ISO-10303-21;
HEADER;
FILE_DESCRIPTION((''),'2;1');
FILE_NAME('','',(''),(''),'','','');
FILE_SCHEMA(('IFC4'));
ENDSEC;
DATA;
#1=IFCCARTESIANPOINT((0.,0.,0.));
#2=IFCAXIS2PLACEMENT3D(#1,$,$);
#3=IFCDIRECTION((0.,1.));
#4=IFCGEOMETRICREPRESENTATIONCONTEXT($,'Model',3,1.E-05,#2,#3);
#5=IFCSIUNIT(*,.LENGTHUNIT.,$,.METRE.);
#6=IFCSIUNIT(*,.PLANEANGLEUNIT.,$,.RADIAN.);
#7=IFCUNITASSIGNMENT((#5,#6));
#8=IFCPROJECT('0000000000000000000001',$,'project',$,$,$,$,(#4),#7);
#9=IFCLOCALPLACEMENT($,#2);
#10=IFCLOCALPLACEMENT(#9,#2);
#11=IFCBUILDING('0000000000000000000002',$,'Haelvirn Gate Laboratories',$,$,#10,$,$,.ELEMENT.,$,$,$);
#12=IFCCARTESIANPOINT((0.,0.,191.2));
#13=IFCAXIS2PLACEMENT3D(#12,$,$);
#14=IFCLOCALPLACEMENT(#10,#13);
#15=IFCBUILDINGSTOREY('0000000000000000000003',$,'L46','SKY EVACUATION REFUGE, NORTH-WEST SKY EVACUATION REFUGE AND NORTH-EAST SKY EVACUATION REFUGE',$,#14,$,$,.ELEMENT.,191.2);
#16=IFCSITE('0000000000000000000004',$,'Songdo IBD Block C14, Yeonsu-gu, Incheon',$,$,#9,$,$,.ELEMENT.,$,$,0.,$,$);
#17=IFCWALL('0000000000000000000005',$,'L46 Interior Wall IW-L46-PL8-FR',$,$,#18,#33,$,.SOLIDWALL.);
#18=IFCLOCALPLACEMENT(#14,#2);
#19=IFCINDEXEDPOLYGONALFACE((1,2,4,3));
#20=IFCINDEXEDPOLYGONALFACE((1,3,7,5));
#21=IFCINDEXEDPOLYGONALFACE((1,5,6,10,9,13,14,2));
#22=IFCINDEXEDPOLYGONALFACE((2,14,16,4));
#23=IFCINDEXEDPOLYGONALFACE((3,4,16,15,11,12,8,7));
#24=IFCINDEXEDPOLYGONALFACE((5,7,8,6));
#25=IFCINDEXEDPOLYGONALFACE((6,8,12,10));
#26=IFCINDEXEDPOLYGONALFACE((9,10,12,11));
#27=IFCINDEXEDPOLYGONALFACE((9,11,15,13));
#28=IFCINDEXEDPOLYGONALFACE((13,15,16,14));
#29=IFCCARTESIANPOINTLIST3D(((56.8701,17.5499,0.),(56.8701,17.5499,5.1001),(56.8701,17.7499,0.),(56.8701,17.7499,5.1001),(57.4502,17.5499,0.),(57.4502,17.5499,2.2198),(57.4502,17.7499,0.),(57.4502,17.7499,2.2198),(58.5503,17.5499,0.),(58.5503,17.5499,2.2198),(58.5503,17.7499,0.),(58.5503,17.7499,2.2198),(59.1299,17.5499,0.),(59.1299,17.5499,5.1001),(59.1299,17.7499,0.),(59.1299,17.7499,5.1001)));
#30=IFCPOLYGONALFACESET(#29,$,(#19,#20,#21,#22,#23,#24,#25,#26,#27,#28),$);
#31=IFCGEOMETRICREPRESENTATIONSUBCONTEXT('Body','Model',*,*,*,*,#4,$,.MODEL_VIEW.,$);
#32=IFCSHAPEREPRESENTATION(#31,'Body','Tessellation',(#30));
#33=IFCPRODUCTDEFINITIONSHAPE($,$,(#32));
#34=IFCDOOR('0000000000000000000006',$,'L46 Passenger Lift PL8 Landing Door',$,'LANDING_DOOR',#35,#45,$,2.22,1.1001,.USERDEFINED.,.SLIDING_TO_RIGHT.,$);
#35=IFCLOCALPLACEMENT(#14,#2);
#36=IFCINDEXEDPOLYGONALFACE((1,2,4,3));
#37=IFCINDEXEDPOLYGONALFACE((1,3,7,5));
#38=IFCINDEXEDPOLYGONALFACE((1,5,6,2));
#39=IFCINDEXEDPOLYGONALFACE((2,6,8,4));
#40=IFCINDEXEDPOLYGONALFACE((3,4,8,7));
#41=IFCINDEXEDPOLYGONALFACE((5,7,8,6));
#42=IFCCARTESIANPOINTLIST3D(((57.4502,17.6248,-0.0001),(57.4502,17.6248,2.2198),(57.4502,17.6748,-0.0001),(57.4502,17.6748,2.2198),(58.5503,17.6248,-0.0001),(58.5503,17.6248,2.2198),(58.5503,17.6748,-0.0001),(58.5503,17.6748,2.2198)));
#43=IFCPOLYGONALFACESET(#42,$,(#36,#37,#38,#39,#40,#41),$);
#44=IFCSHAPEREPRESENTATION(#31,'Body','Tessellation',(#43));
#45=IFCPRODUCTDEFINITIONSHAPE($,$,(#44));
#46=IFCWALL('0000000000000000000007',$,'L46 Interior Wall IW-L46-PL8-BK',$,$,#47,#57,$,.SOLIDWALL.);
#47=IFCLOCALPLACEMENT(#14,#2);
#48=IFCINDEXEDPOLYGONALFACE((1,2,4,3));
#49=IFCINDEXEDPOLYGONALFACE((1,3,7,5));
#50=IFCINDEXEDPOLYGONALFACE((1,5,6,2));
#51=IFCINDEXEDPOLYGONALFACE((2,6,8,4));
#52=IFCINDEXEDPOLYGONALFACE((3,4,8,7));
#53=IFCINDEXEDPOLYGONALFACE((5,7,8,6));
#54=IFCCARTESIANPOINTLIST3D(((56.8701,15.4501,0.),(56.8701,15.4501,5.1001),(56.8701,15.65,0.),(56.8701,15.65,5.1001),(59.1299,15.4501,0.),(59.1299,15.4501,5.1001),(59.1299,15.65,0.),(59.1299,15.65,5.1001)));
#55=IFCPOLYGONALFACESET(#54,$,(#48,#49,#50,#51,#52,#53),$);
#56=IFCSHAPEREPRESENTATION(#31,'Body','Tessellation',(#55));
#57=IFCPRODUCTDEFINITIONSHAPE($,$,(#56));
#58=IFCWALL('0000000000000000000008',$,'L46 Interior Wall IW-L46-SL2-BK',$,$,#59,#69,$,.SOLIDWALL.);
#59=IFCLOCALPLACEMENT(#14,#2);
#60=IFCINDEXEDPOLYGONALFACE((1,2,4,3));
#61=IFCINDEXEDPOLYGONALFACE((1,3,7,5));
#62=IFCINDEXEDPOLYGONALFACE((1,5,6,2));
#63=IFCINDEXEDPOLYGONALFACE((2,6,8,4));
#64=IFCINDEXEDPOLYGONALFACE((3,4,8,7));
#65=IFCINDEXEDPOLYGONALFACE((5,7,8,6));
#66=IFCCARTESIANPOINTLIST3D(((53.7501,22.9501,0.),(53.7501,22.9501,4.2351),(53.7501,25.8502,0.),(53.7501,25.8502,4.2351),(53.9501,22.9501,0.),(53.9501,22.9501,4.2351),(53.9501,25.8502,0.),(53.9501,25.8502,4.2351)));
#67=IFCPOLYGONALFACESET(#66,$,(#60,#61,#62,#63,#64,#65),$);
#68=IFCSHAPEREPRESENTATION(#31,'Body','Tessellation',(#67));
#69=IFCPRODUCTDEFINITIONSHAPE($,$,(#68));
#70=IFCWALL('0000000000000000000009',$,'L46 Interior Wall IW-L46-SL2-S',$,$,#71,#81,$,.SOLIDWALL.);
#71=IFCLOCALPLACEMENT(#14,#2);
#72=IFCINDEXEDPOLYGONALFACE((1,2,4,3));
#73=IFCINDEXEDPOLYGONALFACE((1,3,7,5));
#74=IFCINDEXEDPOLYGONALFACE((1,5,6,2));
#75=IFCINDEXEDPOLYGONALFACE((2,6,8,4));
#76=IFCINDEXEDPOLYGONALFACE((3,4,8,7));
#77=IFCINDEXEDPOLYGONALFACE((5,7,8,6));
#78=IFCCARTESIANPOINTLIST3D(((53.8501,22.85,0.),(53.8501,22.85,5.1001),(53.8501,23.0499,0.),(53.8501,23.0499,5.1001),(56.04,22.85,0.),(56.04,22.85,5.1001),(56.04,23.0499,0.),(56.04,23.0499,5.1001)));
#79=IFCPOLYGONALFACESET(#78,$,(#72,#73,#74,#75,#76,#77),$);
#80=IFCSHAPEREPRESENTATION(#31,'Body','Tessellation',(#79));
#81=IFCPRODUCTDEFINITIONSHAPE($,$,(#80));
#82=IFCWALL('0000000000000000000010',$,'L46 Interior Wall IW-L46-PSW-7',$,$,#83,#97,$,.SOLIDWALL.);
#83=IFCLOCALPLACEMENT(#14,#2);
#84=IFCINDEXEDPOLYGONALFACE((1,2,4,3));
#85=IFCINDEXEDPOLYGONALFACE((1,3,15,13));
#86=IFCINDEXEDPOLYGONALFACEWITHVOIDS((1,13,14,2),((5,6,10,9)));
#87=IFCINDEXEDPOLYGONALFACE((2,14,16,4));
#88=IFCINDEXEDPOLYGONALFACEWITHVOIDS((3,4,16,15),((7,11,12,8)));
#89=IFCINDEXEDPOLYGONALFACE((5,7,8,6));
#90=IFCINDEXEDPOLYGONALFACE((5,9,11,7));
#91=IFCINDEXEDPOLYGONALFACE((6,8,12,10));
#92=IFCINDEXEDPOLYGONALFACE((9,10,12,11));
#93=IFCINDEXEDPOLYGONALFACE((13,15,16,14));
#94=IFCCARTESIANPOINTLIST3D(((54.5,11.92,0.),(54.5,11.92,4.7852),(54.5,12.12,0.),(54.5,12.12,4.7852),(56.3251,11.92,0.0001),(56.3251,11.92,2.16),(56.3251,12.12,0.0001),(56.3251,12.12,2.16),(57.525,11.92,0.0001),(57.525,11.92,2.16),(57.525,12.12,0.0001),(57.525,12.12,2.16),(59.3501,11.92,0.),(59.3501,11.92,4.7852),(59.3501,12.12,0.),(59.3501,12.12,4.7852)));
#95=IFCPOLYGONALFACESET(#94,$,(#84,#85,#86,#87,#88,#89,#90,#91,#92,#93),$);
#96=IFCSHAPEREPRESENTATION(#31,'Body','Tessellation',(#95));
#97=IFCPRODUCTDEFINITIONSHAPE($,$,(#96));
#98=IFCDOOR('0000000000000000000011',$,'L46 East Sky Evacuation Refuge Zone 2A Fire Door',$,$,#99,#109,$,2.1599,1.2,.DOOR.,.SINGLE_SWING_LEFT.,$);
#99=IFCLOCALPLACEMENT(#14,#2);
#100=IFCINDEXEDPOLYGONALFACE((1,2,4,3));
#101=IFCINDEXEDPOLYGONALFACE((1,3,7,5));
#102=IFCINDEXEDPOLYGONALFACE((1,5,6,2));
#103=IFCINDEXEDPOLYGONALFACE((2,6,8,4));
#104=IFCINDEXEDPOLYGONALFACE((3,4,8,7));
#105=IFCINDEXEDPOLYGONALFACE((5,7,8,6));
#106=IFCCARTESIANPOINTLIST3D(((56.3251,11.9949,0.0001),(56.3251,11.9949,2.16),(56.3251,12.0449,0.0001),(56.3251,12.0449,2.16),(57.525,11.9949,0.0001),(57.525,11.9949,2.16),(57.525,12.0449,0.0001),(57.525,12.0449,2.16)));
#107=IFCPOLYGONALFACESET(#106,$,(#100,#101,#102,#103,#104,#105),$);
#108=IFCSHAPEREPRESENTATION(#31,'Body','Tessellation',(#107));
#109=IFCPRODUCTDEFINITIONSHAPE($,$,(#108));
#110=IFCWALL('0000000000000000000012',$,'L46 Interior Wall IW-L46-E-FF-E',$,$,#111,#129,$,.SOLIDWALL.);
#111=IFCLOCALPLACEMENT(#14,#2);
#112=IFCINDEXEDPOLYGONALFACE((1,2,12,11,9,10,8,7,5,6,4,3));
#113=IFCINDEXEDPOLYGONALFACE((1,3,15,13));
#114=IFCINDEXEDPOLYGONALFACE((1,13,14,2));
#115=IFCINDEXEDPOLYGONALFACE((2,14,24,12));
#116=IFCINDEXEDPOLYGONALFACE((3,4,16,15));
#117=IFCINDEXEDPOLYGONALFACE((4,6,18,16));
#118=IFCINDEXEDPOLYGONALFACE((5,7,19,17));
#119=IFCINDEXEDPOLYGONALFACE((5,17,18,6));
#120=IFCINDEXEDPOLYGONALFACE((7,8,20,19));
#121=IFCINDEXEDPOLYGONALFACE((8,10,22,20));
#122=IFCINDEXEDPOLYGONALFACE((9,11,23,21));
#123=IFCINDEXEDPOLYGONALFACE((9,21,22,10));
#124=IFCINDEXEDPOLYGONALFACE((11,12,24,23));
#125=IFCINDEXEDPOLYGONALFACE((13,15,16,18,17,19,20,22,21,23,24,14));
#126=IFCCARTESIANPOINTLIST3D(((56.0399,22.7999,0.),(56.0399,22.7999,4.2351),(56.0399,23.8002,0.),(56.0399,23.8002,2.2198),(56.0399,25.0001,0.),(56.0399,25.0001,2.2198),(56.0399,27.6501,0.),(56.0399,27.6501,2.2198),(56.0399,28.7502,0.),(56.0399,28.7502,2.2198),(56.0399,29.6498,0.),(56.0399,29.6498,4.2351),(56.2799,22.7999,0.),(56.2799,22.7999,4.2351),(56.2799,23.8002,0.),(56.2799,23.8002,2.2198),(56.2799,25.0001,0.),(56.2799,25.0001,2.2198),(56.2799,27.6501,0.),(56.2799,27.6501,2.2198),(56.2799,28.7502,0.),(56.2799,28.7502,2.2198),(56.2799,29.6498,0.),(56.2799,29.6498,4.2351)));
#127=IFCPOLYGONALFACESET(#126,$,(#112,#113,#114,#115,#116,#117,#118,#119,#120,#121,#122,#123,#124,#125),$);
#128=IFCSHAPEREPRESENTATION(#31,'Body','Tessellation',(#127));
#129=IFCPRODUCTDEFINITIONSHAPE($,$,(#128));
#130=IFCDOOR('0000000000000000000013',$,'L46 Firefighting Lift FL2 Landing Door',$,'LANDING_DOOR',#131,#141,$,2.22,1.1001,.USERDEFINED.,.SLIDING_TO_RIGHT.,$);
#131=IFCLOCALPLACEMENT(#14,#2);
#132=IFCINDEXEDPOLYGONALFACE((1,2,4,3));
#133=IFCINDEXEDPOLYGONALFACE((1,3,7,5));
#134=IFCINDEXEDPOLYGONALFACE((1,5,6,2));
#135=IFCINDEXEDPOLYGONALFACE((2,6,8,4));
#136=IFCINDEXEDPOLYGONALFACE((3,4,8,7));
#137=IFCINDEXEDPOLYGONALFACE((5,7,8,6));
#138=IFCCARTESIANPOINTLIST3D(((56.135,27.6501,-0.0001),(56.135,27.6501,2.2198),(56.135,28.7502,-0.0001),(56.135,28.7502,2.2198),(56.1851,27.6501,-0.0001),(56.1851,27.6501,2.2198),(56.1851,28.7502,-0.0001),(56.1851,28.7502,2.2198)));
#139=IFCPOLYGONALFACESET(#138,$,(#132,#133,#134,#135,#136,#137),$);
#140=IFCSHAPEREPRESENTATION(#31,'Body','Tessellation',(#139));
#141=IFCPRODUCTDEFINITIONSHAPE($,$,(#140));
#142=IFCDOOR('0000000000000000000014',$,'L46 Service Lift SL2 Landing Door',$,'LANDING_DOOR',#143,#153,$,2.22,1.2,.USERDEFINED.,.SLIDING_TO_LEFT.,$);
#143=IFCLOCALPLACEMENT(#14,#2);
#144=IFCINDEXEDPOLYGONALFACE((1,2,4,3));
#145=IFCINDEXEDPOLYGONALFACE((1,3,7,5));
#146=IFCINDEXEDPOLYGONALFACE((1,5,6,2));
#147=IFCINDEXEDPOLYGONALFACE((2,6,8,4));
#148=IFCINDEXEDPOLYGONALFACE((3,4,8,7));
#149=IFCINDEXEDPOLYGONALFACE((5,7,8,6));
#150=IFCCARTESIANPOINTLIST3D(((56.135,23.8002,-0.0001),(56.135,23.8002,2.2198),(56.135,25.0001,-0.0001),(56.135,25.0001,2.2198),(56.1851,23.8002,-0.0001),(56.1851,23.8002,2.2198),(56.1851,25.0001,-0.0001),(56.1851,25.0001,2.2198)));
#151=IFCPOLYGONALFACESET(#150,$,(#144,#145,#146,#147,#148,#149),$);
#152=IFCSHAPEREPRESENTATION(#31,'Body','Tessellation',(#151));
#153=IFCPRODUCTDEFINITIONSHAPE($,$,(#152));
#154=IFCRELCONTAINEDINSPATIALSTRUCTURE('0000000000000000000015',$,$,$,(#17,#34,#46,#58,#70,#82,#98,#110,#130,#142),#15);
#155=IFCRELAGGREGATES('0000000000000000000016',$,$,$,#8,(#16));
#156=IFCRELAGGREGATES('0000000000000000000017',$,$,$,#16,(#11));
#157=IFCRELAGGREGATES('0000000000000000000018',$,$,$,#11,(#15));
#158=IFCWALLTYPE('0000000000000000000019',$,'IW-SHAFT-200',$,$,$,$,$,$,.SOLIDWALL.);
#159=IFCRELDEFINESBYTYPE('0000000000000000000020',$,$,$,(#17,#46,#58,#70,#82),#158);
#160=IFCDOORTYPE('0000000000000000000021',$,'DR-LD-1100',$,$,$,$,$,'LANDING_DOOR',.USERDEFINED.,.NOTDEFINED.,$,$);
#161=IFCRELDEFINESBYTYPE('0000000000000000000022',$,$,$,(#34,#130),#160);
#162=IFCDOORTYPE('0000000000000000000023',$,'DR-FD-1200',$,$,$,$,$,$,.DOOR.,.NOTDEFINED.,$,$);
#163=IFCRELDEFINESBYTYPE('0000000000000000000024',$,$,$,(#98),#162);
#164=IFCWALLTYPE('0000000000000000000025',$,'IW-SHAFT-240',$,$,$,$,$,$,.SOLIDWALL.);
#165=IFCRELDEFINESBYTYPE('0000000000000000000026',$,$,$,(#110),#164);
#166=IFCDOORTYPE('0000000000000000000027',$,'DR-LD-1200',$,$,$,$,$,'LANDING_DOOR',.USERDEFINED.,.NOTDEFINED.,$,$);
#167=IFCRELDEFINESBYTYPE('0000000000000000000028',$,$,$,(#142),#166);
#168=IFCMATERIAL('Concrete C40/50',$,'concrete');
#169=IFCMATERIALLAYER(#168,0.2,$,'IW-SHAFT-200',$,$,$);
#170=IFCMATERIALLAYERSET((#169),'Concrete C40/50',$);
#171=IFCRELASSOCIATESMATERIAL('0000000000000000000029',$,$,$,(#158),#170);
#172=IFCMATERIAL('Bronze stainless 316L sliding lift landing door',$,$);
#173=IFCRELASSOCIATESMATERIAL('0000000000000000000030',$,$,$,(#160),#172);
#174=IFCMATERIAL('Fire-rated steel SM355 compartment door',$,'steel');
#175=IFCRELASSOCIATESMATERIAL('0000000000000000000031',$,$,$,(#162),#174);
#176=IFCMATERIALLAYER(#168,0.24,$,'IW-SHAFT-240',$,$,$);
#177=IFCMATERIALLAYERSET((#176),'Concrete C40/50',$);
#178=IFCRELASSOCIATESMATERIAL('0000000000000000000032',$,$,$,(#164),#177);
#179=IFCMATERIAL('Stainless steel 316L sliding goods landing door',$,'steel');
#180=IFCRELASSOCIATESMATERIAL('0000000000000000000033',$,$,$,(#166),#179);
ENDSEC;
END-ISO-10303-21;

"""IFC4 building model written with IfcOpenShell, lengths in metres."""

from ifc_helpers import new_model, si_unit, direction, frame, frame_2d, origin, place, context, subcontext, project, spatial, rectangle, extrude, source, transform, mapped, material, layer, layer_set, type_object, type_shapes, element, fill, save


model = new_model("IFC4")

# Units and contexts
model_context = context("Model", 3, precision=1e-05, world=origin(), true_north=direction((0.0, 1.0)))
body_context = subcontext(model_context, "Body", "Model", "MODEL_VIEW")
ifc_project = project(units=[si_unit("LENGTHUNIT", "METRE"), si_unit("PLANEANGLEUNIT", "RADIAN")], contexts=[model_context])

# Site, building, storey
site_placement = place(None, origin())
site = spatial("IfcSite", under=ifc_project, at=site_placement, Name="Songdo IBD Block C14, Yeonsu-gu, Incheon", CompositionType="ELEMENT", RefElevation=0.0)
building_placement = place(site_placement, origin())
building = spatial("IfcBuilding", under=site, at=building_placement, Name="Haelvirn Gate Laboratories", CompositionType="ELEMENT")
storey_placement = place(building_placement, frame((0.0, 0.0, 191.2)))
storey = spatial("IfcBuildingStorey", under=building, at=storey_placement, Name="L46", Description="SKY EVACUATION REFUGE, NORTH-WEST SKY EVACUATION REFUGE AND NORTH-EAST SKY EVACUATION REFUGE", CompositionType="ELEMENT", Elevation=191.2)

# Shared definitions
ifc_material_1 = material(Name="Concrete C40/50", Category="concrete")

# Wall, opening, door
ifc_layer_1 = layer(ifc_material_1, 0.2, Name="IW-SHAFT-200")
ifc_layer_set_1 = layer_set([ifc_layer_1], Name="Concrete C40/50")
wall_type_1 = type_object("IfcWallType", Name="IW-SHAFT-200", PredefinedType="SOLIDWALL", material=ifc_layer_set_1)
wall_1_placement = place(storey_placement, frame((56.8701, 17.6499, 0.0), z_axis=(0.0, 0.0, 1.0), x_axis=(1.0, 0.0, 0.0)))
wall_1 = element("IfcWall", 1, at=wall_1_placement, inside=storey, type_object=wall_type_1, Name="L46 Interior Wall IW-L46-PL8-FR", PredefinedType="SOLIDWALL", context=body_context, shape_type="SweptSolid", body=[
    extrude(rectangle(XDim=2.2598, YDim=0.2, at=frame_2d((1.1299, 0.0))), origin(), (0.0, 0.0, 1.0), 5.1001),
])
opening_1_placement = place(wall_1_placement, frame((0.5801, 0.0, 0.0)))
opening_1 = element("IfcOpeningElement", 2, at=opening_1_placement, cuts=wall_1, PredefinedType="OPENING", context=body_context, shape_type="SweptSolid", body=[
    extrude(rectangle(XDim=1.1001, YDim=2.22, at=frame_2d((0.55, 1.1099))), frame((0.0, 0.1099, 0.0), z_axis=(0.0, -1.0, 0.0), x_axis=(1.0, 0.0, 0.0)), (0.0, 0.0, 1.0), 0.22),
])
ifc_material_2 = material(Name="Bronze stainless 316L sliding lift landing door")
door_type_1 = type_object("IfcDoorType", Name="DR-LD-1100", ElementType="LANDING_DOOR", OperationType="NOTDEFINED", PredefinedType="USERDEFINED", material=ifc_material_2)
shared_shape_1 = source(origin(), body_context, "Body", "SweptSolid", [
    extrude(rectangle(XDim=1.1001, YDim=2.22, at=frame_2d((0.55, 1.1099))), frame((0.0, 0.0249, 0.0), z_axis=(0.0, -1.0, 0.0), x_axis=(1.0, 0.0, 0.0)), (0.0, 0.0, 1.0), 0.05),
])
type_shapes(door_type_1, [shared_shape_1])
door_1_placement = place(opening_1_placement, origin())
door_1 = element("IfcDoor", 3, at=door_1_placement, inside=storey, type_object=door_type_1, Name="L46 Passenger Lift PL8 Landing Door", ObjectType="LANDING_DOOR", OperationType="SLIDING_TO_RIGHT", OverallHeight=2.22, OverallWidth=1.1001, PredefinedType="USERDEFINED", context=body_context, shape_type="MappedRepresentation", body=[
    mapped(shared_shape_1, transform((0.0, 0.0, 0.0), scale=1.0)),
])
fill(opening_1, door_1)

# Walls
wall_2_placement = place(storey_placement, frame((56.8701, 15.55, 0.0), z_axis=(0.0, 0.0, 1.0), x_axis=(1.0, 0.0, 0.0)))
element("IfcWall", 4, at=wall_2_placement, inside=storey, type_object=wall_type_1, Name="L46 Interior Wall IW-L46-PL8-BK", PredefinedType="SOLIDWALL", context=body_context, shape_type="SweptSolid", body=[
    extrude(rectangle(XDim=2.2598, YDim=0.2, at=frame_2d((1.1299, 0.0))), origin(), (0.0, 0.0, 1.0), 5.1001),
])
wall_3_placement = place(storey_placement, frame((53.8501, 22.95, 0.0), z_axis=(0.0, 0.0, 1.0), x_axis=(0.0, 1.0, 0.0)))
element("IfcWall", 5, at=wall_3_placement, inside=storey, type_object=wall_type_1, Name="L46 Interior Wall IW-L46-SL2-BK", PredefinedType="SOLIDWALL", context=body_context, shape_type="SweptSolid", body=[
    extrude(rectangle(XDim=2.9001, YDim=0.2, at=frame_2d((1.4502, 0.0))), origin(), (0.0, 0.0, 1.0), 4.2351),
])
wall_4_placement = place(storey_placement, frame((53.8501, 22.95, 0.0), z_axis=(0.0, 0.0, 1.0), x_axis=(1.0, 0.0, 0.0)))
element("IfcWall", 6, at=wall_4_placement, inside=storey, type_object=wall_type_1, Name="L46 Interior Wall IW-L46-SL2-S", PredefinedType="SOLIDWALL", context=body_context, shape_type="SweptSolid", body=[
    extrude(rectangle(XDim=2.1899, YDim=0.2, at=frame_2d((1.095, 0.0))), origin(), (0.0, 0.0, 1.0), 5.1001),
])

# Wall, opening, door
wall_5_placement = place(storey_placement, frame((54.5, 12.02, 0.0), z_axis=(0.0, 0.0, 1.0), x_axis=(1.0, 0.0, 0.0)))
wall_5 = element("IfcWall", 7, at=wall_5_placement, inside=storey, type_object=wall_type_1, Name="L46 Interior Wall IW-L46-PSW-7", PredefinedType="SOLIDWALL", context=body_context, shape_type="SweptSolid", body=[
    extrude(rectangle(XDim=4.8501, YDim=0.2, at=frame_2d((2.425, 0.0))), origin(), (0.0, 0.0, 1.0), 4.7852),
])
opening_2_placement = place(wall_5_placement, frame((1.825, 0.0, 0.0)))
opening_2 = element("IfcOpeningElement", 8, at=opening_2_placement, cuts=wall_5, PredefinedType="OPENING", context=body_context, shape_type="SweptSolid", body=[
    extrude(rectangle(XDim=1.2, YDim=2.1599, at=frame_2d((0.6001, 1.0801))), frame((0.0, 0.1099, 0.0), z_axis=(0.0, -1.0, 0.0), x_axis=(1.0, 0.0, 0.0)), (0.0, 0.0, 1.0), 0.22),
])
ifc_material_3 = material(Name="Fire-rated steel SM355 compartment door", Category="steel")
door_type_2 = type_object("IfcDoorType", Name="DR-FD-1200", OperationType="NOTDEFINED", PredefinedType="DOOR", material=ifc_material_3)
shared_shape_2 = source(origin(), body_context, "Body", "SweptSolid", [
    extrude(rectangle(XDim=1.2, YDim=2.1599, at=frame_2d((0.6001, 1.0801))), frame((0.0, 0.0249, 0.0), z_axis=(0.0, -1.0, 0.0), x_axis=(1.0, 0.0, 0.0)), (0.0, 0.0, 1.0), 0.05),
])
type_shapes(door_type_2, [shared_shape_2])
door_2_placement = place(opening_2_placement, origin())
door_2 = element("IfcDoor", 9, at=door_2_placement, inside=storey, type_object=door_type_2, Name="L46 East Sky Evacuation Refuge Zone 2A Fire Door", OperationType="SINGLE_SWING_LEFT", OverallHeight=2.1599, OverallWidth=1.2, PredefinedType="DOOR", context=body_context, shape_type="MappedRepresentation", body=[
    mapped(shared_shape_2, transform((0.0, 0.0, 0.0), scale=1.0)),
])
fill(opening_2, door_2)

# Wall, openings, doors
ifc_layer_2 = layer(ifc_material_1, 0.24, Name="IW-SHAFT-240")
ifc_layer_set_2 = layer_set([ifc_layer_2], Name="Concrete C40/50")
wall_type_2 = type_object("IfcWallType", Name="IW-SHAFT-240", PredefinedType="SOLIDWALL", material=ifc_layer_set_2)
wall_6_placement = place(storey_placement, frame((56.1599, 22.8, 0.0), z_axis=(0.0, 0.0, 1.0), x_axis=(0.0, 1.0, 0.0)))
wall_6 = element("IfcWall", 10, at=wall_6_placement, inside=storey, type_object=wall_type_2, Name="L46 Interior Wall IW-L46-E-FF-E", PredefinedType="SOLIDWALL", context=body_context, shape_type="SweptSolid", body=[
    extrude(rectangle(XDim=6.8499, YDim=0.24, at=frame_2d((3.4248, 0.0))), origin(), (0.0, 0.0, 1.0), 4.2351),
])
opening_3_placement = place(wall_6_placement, frame((4.8501, 0.0, 0.0)))
opening_3 = element("IfcOpeningElement", 11, at=opening_3_placement, cuts=wall_6, PredefinedType="OPENING", context=body_context, shape_type="SweptSolid", body=[
    extrude(rectangle(XDim=1.1001, YDim=2.22, at=frame_2d((0.55, 1.1099))), frame((0.0, 0.1299, 0.0), z_axis=(0.0, -1.0, 0.0), x_axis=(1.0, 0.0, 0.0)), (0.0, 0.0, 1.0), 0.26),
])
opening_4_placement = place(wall_6_placement, frame((1.0, 0.0, 0.0)))
opening_4 = element("IfcOpeningElement", 12, at=opening_4_placement, cuts=wall_6, PredefinedType="OPENING", context=body_context, shape_type="SweptSolid", body=[
    extrude(rectangle(XDim=1.2, YDim=2.22, at=frame_2d((0.6001, 1.1099))), frame((0.0, 0.1299, 0.0), z_axis=(0.0, -1.0, 0.0), x_axis=(1.0, 0.0, 0.0)), (0.0, 0.0, 1.0), 0.26),
])
door_3_placement = place(opening_3_placement, origin())
door_3 = element("IfcDoor", 13, at=door_3_placement, inside=storey, type_object=door_type_1, Name="L46 Firefighting Lift FL2 Landing Door", ObjectType="LANDING_DOOR", OperationType="SLIDING_TO_RIGHT", OverallHeight=2.22, OverallWidth=1.1001, PredefinedType="USERDEFINED", context=body_context, shape_type="MappedRepresentation", body=[
    mapped(shared_shape_1, transform((0.0, 0.0, 0.0), scale=1.0)),
])
fill(opening_3, door_3)
ifc_material_4 = material(Name="Stainless steel 316L sliding goods landing door", Category="steel")
door_type_3 = type_object("IfcDoorType", Name="DR-LD-1200", ElementType="LANDING_DOOR", OperationType="NOTDEFINED", PredefinedType="USERDEFINED", material=ifc_material_4)
shared_shape_3 = source(origin(), body_context, "Body", "SweptSolid", [
    extrude(rectangle(XDim=1.2, YDim=2.22, at=frame_2d((0.6001, 1.1099))), frame((0.0, 0.0249, 0.0), z_axis=(0.0, -1.0, 0.0), x_axis=(1.0, 0.0, 0.0)), (0.0, 0.0, 1.0), 0.05),
])
type_shapes(door_type_3, [shared_shape_3])
door_4_placement = place(opening_4_placement, origin())
door_4 = element("IfcDoor", 14, at=door_4_placement, inside=storey, type_object=door_type_3, Name="L46 Service Lift SL2 Landing Door", ObjectType="LANDING_DOOR", OperationType="SLIDING_TO_LEFT", OverallHeight=2.22, OverallWidth=1.2, PredefinedType="USERDEFINED", context=body_context, shape_type="MappedRepresentation", body=[
    mapped(shared_shape_3, transform((0.0, 0.0, 0.0), scale=1.0)),
])
fill(opening_4, door_4)

save(model, "model.ifc")
